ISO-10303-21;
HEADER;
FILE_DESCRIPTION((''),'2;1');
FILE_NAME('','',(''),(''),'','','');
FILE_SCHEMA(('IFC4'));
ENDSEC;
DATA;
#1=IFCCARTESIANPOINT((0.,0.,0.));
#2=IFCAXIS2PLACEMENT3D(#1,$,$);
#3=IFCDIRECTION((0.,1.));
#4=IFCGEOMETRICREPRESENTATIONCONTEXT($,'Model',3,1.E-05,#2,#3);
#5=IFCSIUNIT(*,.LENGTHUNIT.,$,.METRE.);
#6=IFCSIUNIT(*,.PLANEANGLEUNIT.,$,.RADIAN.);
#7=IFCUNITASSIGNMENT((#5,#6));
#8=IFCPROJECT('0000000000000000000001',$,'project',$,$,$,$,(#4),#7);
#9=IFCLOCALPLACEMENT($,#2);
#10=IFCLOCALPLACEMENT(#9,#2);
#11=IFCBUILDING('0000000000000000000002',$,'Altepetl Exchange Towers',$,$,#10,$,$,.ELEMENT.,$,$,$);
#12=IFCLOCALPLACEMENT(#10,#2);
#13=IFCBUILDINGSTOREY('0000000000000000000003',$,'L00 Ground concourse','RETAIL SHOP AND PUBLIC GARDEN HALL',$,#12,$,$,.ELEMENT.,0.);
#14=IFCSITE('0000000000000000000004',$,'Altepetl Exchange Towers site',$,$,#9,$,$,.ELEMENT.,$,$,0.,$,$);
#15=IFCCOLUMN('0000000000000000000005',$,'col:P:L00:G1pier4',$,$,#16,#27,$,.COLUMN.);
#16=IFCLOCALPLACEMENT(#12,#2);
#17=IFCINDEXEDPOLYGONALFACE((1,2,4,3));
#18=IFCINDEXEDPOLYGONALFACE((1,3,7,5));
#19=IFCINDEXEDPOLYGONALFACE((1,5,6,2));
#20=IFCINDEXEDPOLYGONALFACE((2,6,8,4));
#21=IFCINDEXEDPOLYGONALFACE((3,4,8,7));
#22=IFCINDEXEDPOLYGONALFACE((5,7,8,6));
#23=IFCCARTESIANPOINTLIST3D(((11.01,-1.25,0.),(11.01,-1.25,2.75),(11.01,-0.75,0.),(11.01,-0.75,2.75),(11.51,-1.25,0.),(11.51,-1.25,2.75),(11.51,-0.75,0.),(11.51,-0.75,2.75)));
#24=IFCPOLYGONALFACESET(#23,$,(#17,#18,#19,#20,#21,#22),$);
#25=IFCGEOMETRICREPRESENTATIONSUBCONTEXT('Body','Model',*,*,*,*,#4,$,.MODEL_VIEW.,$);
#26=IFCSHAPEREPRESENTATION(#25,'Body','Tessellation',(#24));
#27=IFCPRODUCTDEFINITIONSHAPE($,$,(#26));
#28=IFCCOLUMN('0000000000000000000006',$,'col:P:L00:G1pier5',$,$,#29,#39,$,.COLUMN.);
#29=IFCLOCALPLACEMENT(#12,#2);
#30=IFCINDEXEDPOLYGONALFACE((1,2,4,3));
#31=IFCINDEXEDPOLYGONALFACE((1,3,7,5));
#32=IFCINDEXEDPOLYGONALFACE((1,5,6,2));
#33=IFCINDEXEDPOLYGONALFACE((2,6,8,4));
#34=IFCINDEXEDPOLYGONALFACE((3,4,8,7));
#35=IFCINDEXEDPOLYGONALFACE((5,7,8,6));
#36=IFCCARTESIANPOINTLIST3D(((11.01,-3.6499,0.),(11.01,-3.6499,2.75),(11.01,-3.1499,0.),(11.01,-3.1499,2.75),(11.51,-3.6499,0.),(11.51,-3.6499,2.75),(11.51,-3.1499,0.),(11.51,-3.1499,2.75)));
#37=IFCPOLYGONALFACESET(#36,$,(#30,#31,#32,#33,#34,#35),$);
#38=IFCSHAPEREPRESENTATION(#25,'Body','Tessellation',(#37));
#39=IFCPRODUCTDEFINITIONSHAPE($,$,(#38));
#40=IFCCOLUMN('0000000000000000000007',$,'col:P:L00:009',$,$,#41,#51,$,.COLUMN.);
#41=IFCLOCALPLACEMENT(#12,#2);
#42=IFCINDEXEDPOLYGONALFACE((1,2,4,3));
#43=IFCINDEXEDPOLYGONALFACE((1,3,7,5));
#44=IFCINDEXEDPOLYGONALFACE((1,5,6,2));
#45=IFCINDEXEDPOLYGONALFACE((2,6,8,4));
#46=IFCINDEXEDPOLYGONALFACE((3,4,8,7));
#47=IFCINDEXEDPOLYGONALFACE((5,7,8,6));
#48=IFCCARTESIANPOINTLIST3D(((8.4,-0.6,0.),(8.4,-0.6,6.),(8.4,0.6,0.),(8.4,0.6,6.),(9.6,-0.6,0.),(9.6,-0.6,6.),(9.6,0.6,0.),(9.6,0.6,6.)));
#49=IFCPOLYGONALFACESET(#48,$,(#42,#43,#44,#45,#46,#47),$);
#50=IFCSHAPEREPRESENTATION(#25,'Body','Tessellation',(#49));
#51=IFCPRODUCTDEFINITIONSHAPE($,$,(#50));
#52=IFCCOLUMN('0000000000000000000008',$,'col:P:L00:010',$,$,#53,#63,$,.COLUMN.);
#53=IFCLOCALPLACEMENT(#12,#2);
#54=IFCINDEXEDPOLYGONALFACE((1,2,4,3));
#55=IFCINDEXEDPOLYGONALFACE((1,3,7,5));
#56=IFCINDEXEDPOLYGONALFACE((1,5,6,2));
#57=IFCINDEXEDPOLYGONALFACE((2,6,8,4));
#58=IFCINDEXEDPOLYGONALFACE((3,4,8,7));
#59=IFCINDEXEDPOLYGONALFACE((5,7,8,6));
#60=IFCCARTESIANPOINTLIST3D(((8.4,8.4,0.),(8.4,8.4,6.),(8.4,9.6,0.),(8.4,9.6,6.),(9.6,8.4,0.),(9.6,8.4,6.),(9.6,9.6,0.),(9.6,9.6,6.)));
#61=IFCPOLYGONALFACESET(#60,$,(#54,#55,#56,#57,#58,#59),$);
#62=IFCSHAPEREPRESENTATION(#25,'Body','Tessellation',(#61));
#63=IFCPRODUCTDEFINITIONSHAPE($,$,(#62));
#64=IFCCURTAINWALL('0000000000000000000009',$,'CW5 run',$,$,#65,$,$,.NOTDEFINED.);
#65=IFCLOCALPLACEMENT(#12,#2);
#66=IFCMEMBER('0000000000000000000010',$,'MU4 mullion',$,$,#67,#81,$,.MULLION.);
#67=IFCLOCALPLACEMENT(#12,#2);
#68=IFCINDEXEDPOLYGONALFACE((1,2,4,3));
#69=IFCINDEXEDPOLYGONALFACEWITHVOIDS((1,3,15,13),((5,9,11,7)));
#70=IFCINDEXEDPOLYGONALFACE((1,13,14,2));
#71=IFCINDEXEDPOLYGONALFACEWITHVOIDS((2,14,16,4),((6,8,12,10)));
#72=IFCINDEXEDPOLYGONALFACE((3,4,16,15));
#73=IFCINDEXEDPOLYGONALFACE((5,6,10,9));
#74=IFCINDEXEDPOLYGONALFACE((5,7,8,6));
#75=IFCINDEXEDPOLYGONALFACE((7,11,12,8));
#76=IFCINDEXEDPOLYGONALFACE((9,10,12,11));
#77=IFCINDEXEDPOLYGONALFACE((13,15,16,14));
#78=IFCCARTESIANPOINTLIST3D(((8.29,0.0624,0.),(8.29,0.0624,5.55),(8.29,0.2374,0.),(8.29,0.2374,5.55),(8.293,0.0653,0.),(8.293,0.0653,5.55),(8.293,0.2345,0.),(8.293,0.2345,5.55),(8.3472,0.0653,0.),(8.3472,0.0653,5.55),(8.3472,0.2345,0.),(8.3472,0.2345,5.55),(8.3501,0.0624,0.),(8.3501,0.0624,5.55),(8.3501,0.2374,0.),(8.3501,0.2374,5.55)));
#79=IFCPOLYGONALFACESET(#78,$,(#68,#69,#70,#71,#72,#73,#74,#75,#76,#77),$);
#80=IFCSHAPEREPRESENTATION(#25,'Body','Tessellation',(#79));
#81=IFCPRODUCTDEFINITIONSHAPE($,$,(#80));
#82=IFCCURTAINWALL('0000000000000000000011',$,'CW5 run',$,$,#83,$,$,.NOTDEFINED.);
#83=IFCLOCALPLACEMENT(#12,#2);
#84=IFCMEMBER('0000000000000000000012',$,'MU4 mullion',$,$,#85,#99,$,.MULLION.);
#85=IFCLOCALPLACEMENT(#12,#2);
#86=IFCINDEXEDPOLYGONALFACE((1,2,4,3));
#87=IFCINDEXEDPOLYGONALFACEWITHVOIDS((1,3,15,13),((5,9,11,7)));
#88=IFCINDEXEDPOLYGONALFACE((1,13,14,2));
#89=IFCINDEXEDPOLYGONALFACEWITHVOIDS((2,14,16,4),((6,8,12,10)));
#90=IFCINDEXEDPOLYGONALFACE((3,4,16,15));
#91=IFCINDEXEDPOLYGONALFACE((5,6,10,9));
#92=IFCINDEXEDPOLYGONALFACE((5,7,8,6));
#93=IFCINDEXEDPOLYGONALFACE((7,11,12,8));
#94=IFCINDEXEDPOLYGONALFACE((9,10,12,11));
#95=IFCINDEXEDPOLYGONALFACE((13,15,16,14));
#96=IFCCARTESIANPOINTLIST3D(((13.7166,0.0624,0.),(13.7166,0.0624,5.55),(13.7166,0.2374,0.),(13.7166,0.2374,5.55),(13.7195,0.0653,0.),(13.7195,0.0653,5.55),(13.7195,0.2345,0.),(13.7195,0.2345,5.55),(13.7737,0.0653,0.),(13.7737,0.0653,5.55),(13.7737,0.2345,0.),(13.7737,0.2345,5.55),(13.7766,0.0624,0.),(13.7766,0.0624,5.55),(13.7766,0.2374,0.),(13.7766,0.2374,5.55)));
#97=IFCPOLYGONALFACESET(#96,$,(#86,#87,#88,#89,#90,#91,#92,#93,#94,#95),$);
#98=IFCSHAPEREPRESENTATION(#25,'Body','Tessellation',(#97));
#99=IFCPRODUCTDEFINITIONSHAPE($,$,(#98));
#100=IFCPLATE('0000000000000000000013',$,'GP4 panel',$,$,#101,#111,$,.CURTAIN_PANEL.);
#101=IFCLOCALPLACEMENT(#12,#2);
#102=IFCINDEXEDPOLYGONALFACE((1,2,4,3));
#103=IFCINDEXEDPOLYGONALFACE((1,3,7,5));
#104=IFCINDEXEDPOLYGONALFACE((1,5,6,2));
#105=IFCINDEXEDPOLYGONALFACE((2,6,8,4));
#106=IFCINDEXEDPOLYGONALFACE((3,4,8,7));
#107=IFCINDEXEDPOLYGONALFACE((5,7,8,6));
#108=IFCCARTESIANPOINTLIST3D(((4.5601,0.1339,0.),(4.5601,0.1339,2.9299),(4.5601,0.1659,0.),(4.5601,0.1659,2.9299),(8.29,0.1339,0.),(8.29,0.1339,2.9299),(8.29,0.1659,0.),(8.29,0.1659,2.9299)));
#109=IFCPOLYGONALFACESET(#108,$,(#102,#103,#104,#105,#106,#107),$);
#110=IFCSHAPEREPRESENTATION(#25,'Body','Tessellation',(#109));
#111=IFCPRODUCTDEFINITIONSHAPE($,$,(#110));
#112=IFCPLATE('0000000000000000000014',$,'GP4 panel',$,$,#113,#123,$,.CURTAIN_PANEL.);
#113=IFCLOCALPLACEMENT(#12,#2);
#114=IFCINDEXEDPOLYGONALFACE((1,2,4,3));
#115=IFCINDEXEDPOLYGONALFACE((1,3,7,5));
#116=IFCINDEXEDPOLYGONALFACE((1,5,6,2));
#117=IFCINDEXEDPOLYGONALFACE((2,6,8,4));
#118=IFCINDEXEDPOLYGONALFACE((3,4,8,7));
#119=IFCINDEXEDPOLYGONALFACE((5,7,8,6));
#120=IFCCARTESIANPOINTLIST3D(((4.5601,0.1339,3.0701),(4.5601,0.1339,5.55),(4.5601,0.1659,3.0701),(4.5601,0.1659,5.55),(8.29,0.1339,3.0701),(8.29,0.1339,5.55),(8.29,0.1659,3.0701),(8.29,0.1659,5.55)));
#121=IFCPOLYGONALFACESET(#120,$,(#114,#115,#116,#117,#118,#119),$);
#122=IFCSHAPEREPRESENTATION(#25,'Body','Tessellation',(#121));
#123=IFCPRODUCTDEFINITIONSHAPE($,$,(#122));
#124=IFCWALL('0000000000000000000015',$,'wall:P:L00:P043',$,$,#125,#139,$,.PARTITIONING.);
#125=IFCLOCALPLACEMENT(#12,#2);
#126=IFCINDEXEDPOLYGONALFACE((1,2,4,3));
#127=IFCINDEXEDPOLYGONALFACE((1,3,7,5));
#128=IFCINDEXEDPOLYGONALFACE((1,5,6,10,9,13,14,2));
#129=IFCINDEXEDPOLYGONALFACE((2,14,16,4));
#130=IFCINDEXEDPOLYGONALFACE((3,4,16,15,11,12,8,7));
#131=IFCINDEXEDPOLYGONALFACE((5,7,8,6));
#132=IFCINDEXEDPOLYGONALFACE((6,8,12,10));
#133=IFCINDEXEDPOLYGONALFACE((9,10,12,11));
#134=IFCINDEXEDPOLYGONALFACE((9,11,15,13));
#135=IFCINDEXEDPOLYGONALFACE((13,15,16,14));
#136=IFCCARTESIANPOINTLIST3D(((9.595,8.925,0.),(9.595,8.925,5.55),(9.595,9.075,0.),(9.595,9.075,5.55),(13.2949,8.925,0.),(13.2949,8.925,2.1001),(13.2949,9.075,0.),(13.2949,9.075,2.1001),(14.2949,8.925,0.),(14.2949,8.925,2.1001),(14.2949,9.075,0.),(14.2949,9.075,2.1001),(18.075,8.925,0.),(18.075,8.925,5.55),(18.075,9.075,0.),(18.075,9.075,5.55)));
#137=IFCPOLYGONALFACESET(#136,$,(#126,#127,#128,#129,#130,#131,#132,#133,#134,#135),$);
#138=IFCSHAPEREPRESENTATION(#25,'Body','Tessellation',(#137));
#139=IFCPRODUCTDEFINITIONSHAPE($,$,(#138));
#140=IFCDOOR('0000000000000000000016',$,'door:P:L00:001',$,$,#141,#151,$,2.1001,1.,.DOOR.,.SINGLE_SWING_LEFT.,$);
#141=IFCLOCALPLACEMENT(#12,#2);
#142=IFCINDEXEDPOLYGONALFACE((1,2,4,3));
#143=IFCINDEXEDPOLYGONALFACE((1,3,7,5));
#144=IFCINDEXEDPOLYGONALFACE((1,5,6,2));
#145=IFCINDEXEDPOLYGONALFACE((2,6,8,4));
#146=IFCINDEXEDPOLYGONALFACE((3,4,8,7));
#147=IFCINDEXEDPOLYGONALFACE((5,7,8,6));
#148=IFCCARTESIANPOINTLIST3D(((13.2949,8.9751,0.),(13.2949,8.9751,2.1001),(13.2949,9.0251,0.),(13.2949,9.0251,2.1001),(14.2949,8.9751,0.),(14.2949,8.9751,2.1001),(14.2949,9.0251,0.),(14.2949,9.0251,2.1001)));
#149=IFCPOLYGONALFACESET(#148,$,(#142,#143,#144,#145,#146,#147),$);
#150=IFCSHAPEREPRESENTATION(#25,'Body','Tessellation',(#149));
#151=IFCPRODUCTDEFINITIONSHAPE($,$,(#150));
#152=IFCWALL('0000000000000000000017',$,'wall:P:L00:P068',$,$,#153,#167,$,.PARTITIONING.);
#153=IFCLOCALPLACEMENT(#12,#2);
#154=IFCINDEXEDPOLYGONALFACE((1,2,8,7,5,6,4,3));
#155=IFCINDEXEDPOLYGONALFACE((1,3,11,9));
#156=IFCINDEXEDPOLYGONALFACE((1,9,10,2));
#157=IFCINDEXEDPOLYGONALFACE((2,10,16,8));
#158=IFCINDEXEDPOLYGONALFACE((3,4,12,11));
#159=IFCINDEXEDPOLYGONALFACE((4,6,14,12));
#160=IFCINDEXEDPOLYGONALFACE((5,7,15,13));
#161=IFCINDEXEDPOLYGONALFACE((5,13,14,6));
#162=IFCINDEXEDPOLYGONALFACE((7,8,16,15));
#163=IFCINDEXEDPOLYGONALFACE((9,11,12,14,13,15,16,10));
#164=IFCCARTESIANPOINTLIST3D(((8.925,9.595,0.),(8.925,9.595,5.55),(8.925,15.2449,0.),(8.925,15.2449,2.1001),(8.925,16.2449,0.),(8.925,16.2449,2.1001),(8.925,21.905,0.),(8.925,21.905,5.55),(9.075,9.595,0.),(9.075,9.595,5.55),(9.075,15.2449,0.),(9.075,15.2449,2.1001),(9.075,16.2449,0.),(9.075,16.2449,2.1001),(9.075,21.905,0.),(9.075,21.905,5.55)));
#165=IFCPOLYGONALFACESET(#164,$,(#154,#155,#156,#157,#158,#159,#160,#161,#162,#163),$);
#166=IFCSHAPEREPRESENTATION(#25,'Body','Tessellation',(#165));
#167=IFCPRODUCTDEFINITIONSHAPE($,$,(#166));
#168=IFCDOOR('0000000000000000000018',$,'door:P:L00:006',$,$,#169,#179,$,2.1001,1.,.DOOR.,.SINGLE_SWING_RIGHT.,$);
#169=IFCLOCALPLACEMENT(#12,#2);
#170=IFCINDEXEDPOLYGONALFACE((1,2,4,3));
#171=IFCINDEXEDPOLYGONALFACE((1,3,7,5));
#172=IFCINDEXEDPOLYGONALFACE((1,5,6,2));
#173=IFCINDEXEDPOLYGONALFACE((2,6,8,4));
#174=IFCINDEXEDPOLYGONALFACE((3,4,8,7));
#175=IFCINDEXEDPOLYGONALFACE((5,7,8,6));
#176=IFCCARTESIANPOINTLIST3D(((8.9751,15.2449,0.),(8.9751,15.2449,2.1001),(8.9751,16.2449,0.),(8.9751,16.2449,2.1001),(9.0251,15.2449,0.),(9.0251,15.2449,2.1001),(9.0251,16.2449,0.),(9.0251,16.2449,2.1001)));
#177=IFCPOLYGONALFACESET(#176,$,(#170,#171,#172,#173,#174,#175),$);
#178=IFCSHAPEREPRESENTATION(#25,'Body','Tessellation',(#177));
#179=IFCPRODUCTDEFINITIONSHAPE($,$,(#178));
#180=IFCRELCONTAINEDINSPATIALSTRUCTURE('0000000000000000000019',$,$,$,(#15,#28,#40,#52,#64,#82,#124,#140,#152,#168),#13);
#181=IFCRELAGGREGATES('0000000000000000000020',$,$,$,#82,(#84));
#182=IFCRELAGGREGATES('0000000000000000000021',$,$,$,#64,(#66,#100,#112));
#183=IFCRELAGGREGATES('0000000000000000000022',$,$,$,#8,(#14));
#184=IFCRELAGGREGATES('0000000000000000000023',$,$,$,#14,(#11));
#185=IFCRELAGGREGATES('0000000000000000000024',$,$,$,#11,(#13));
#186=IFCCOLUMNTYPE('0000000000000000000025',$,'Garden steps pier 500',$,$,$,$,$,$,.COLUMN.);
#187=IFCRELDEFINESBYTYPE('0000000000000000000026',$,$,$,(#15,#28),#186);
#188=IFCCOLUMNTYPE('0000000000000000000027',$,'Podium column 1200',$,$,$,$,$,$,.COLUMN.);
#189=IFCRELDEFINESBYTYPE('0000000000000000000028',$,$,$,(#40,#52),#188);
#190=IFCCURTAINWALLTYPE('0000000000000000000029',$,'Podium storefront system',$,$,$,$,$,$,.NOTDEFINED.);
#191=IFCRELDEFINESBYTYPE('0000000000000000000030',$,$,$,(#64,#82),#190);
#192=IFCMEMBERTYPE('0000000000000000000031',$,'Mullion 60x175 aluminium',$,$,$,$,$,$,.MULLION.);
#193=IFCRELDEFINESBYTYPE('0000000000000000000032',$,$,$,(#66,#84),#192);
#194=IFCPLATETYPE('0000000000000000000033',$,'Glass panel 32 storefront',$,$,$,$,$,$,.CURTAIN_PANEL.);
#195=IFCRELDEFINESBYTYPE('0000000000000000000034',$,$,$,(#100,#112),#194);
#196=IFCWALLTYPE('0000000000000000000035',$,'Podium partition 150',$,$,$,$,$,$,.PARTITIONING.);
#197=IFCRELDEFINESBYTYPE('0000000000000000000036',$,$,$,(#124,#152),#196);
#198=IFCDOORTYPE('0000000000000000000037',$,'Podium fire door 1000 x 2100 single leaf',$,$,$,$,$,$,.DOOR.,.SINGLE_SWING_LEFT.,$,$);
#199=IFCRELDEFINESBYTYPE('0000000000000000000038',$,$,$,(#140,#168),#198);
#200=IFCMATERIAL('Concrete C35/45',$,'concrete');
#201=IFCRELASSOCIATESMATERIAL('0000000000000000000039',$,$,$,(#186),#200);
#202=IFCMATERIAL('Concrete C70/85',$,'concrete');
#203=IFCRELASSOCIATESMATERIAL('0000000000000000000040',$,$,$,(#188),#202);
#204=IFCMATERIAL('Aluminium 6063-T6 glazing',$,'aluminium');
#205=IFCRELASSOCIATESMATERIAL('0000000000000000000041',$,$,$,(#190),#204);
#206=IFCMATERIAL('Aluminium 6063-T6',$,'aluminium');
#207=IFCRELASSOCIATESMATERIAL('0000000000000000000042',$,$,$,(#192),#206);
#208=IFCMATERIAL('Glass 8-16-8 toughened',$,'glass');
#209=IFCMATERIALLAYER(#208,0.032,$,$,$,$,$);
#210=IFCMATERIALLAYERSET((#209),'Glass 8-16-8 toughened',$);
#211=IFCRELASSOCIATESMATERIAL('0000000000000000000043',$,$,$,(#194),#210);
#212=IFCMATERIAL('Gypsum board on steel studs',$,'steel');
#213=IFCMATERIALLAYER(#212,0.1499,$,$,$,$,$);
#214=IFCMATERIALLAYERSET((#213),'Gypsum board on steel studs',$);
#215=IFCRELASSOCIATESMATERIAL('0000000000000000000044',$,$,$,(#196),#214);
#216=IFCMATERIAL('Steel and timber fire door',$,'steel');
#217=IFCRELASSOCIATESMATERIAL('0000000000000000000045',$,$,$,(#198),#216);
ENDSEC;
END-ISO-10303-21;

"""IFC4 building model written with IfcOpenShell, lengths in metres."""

from ifc_helpers import new_model, si_unit, direction, frame, frame_2d, origin, origin_2d, place, context, subcontext, project, spatial, rectangle, hollow_rectangle, extrude, material, layer, layer_set, material_profile, profile_set, type_object, element, fill, aggregate, save


model = new_model("IFC4")

# Units and contexts
model_context = context("Model", 3, precision=1e-05, world=origin(), true_north=direction((0.0, 1.0)))
body_context = subcontext(model_context, "Body", "Model", "MODEL_VIEW")
ifc_project = project(units=[si_unit("LENGTHUNIT", "METRE"), si_unit("PLANEANGLEUNIT", "RADIAN")], contexts=[model_context])

# Site, building, storey
site_placement = place(None, origin())
site = spatial("IfcSite", under=ifc_project, at=site_placement, Name="Altepetl Exchange Towers site", CompositionType="ELEMENT", RefElevation=0.0)
building_placement = place(site_placement, origin())
building = spatial("IfcBuilding", under=site, at=building_placement, Name="Altepetl Exchange Towers", CompositionType="ELEMENT")
storey_placement = place(building_placement, origin())
storey = spatial("IfcBuildingStorey", under=building, at=storey_placement, Name="L00 Ground concourse", Description="RETAIL SHOP AND PUBLIC GARDEN HALL", CompositionType="ELEMENT", Elevation=0.0)

# Columns
ifc_material_1 = material(Name="Concrete C35/45", Category="concrete")
ifc_material_profile_1 = material_profile(ifc_material_1, rectangle(XDim=0.5, YDim=0.5, at=origin_2d()), Name="500 x 500")
ifc_profile_set_1 = profile_set([ifc_material_profile_1], Name="Concrete C35/45")
column_type_1 = type_object("IfcColumnType", Name="Garden steps pier 500", PredefinedType="COLUMN", material=ifc_profile_set_1)
for number, where, name in (
    (1, (11.26, -1.0, 0.0), "col:P:L00:G1pier4"),
    (2, (11.26, -3.3999, 0.0), "col:P:L00:G1pier5"),
):
    element("IfcColumn", number, at=place(storey_placement, frame(where)), inside=storey, type_object=column_type_1, Name=name, PredefinedType="COLUMN", context=body_context, shape_type="SweptSolid", body=[
        extrude(rectangle(XDim=0.5, YDim=0.5, at=origin_2d()), origin(), (0.0, 0.0, 1.0), 2.75),
    ])
ifc_material_2 = material(Name="Concrete C70/85", Category="concrete")
ifc_material_profile_2 = material_profile(ifc_material_2, rectangle(XDim=1.2, YDim=1.2, at=origin_2d()), Name="1200 x 1200")
ifc_profile_set_2 = profile_set([ifc_material_profile_2], Name="Concrete C70/85")
column_type_2 = type_object("IfcColumnType", Name="Podium column 1200", PredefinedType="COLUMN", material=ifc_profile_set_2)
for number, where, name in (
    (3, (9.0, 0.0, 0.0), "col:P:L00:009"),
    (4, (9.0, 9.0, 0.0), "col:P:L00:010"),
):
    element("IfcColumn", number, at=place(storey_placement, frame(where)), inside=storey, type_object=column_type_2, Name=name, PredefinedType="COLUMN", context=body_context, shape_type="SweptSolid", body=[
        extrude(rectangle(XDim=1.2, YDim=1.2, at=origin_2d()), origin(), (0.0, 0.0, 1.0), 6.0),
    ])

# Curtain walls, members
ifc_material_3 = material(Name="Aluminium 6063-T6 glazing", Category="aluminium")
curtain_wall_type = type_object("IfcCurtainWallType", Name="Podium storefront system", PredefinedType="NOTDEFINED", material=ifc_material_3)
curtain_wall_1_placement = place(storey_placement, origin())
curtain_wall_1 = element("IfcCurtainWall", 5, at=curtain_wall_1_placement, inside=storey, type_object=curtain_wall_type, Name="CW5 run", PredefinedType="NOTDEFINED")
ifc_material_4 = material(Name="Aluminium 6063-T6", Category="aluminium")
ifc_material_profile_3 = material_profile(ifc_material_4, hollow_rectangle(XDim=0.0601, YDim=0.175, WallThickness=0.0029, at=origin_2d()), Name="Mullion 60x175 aluminium")
ifc_profile_set_3 = profile_set([ifc_material_profile_3], Name="Aluminium 6063-T6")
member_type = type_object("IfcMemberType", Name="Mullion 60x175 aluminium", PredefinedType="MULLION", material=ifc_profile_set_3)
member_1_placement = place(storey_placement, frame((8.3201, 0.1499, 0.0)))
member_1 = element("IfcMember", 6, at=member_1_placement, type_object=member_type, Name="MU4 mullion", PredefinedType="MULLION", context=body_context, shape_type="SweptSolid", body=[
    extrude(hollow_rectangle(XDim=0.0601, YDim=0.175, WallThickness=0.0029, at=origin_2d()), origin(), (0.0, 0.0, 1.0), 5.55),
])
curtain_wall_2_placement = place(storey_placement, origin())
curtain_wall_2 = element("IfcCurtainWall", 7, at=curtain_wall_2_placement, inside=storey, type_object=curtain_wall_type, Name="CW5 run", PredefinedType="NOTDEFINED")
member_2_placement = place(storey_placement, frame((13.7466, 0.1499, 0.0)))
member_2 = element("IfcMember", 8, at=member_2_placement, type_object=member_type, Name="MU4 mullion", PredefinedType="MULLION", context=body_context, shape_type="SweptSolid", body=[
    extrude(hollow_rectangle(XDim=0.0601, YDim=0.175, WallThickness=0.0029, at=origin_2d()), origin(), (0.0, 0.0, 1.0), 5.55),
])
aggregate(curtain_wall_2, [member_2])

# Plates
ifc_material_5 = material(Name="Glass 8-16-8 toughened", Category="glass")
ifc_layer_1 = layer(ifc_material_5, 0.032)
ifc_layer_set_1 = layer_set([ifc_layer_1], Name="Glass 8-16-8 toughened")
plate_type = type_object("IfcPlateType", Name="Glass panel 32 storefront", PredefinedType="CURTAIN_PANEL", material=ifc_layer_set_1)
plate_1_placement = place(storey_placement, frame((6.425, 0.1499, 0.0)))
plate_1 = element("IfcPlate", 9, at=plate_1_placement, type_object=plate_type, Name="GP4 panel", PredefinedType="CURTAIN_PANEL", context=body_context, shape_type="SweptSolid", body=[
    extrude(rectangle(XDim=3.73, YDim=0.032, at=origin_2d()), origin(), (0.0, 0.0, 1.0), 2.9299),
])
plate_2_placement = place(storey_placement, frame((6.425, 0.1499, 3.0701)))
plate_2 = element("IfcPlate", 10, at=plate_2_placement, type_object=plate_type, Name="GP4 panel", PredefinedType="CURTAIN_PANEL", context=body_context, shape_type="SweptSolid", body=[
    extrude(rectangle(XDim=3.73, YDim=0.032, at=origin_2d()), origin(), (0.0, 0.0, 1.0), 2.48),
])
aggregate(curtain_wall_1, [member_1, plate_1, plate_2])

# Walls, openings, doors
ifc_material_6 = material(Name="Gypsum board on steel studs", Category="steel")
ifc_layer_2 = layer(ifc_material_6, 0.1499)
ifc_layer_set_2 = layer_set([ifc_layer_2], Name="Gypsum board on steel studs")
wall_type_1 = type_object("IfcWallType", Name="Podium partition 150", PredefinedType="PARTITIONING", material=ifc_layer_set_2)
wall_1_placement = place(storey_placement, frame((9.595, 9.0, 0.0)))
wall_1 = element("IfcWall", 11, at=wall_1_placement, inside=storey, type_object=wall_type_1, Name="wall:P:L00:P043", PredefinedType="PARTITIONING", context=body_context, shape_type="SweptSolid", body=[
    extrude(rectangle(XDim=8.48, YDim=0.1499, at=frame_2d((4.24, 0.0))), origin(), (0.0, 0.0, 1.0), 5.55),
])
opening_1_placement = place(wall_1_placement, frame((3.7, 0.0, 0.0)))
opening_1 = element("IfcOpeningElement", 12, at=opening_1_placement, cuts=wall_1, PredefinedType="OPENING", context=body_context, shape_type="SweptSolid", body=[
    extrude(rectangle(XDim=1.0, YDim=2.1001, at=frame_2d((0.5, 1.05))), frame((0.0, 0.085, 0.0), z_axis=(0.0, -1.0, 0.0), x_axis=(1.0, 0.0, 0.0)), (0.0, 0.0, 1.0), 0.1699),
])
ifc_material_7 = material(Name="Steel and timber fire door", Category="steel")
door_type = type_object("IfcDoorType", Name="Podium fire door 1000 x 2100 single leaf", OperationType="SINGLE_SWING_LEFT", PredefinedType="DOOR", material=ifc_material_7)
door_1_placement = place(opening_1_placement, frame((1.0, 0.0, 0.0), x_axis=(-1.0, 0.0, 0.0)))
door_1 = element("IfcDoor", 13, at=door_1_placement, inside=storey, type_object=door_type, Name="door:P:L00:001", OperationType="SINGLE_SWING_LEFT", OverallHeight=2.1001, OverallWidth=1.0, PredefinedType="DOOR", context=body_context, shape_type="SweptSolid", body=[
    extrude(rectangle(XDim=1.0, YDim=2.1001, at=frame_2d((0.5, 1.05))), frame((0.0, 0.0249, 0.0), z_axis=(0.0, -1.0, 0.0), x_axis=(1.0, 0.0, 0.0)), (0.0, 0.0, 1.0), 0.05),
])
fill(opening_1, door_1)
wall_2_placement = place(storey_placement, frame((9.0, 9.595, 0.0), z_axis=(0.0, 0.0, 1.0), x_axis=(0.0, 1.0, 0.0)))
wall_2 = element("IfcWall", 14, at=wall_2_placement, inside=storey, type_object=wall_type_1, Name="wall:P:L00:P068", PredefinedType="PARTITIONING", context=body_context, shape_type="SweptSolid", body=[
    extrude(rectangle(XDim=12.3101, YDim=0.1499, at=frame_2d((6.155, 0.0))), origin(), (0.0, 0.0, 1.0), 5.55),
])
opening_2_placement = place(wall_2_placement, frame((5.6499, 0.0, 0.0)))
opening_2 = element("IfcOpeningElement", 15, at=opening_2_placement, cuts=wall_2, PredefinedType="OPENING", context=body_context, shape_type="SweptSolid", body=[
    extrude(rectangle(XDim=1.0, YDim=2.1001, at=frame_2d((0.5, 1.05))), frame((0.0, 0.085, 0.0), z_axis=(0.0, -1.0, 0.0), x_axis=(1.0, 0.0, 0.0)), (0.0, 0.0, 1.0), 0.1699),
])
door_2_placement = place(opening_2_placement, origin())
door_2 = element("IfcDoor", 16, at=door_2_placement, inside=storey, type_object=door_type, Name="door:P:L00:006", OperationType="SINGLE_SWING_RIGHT", OverallHeight=2.1001, OverallWidth=1.0, PredefinedType="DOOR", context=body_context, shape_type="SweptSolid", body=[
    extrude(rectangle(XDim=1.0, YDim=2.1001, at=frame_2d((0.5, 1.05))), frame((0.0, 0.0249, 0.0), z_axis=(0.0, -1.0, 0.0), x_axis=(1.0, 0.0, 0.0)), (0.0, 0.0, 1.0), 0.05),
])
fill(opening_2, door_2)

save(model, "model.ifc")
